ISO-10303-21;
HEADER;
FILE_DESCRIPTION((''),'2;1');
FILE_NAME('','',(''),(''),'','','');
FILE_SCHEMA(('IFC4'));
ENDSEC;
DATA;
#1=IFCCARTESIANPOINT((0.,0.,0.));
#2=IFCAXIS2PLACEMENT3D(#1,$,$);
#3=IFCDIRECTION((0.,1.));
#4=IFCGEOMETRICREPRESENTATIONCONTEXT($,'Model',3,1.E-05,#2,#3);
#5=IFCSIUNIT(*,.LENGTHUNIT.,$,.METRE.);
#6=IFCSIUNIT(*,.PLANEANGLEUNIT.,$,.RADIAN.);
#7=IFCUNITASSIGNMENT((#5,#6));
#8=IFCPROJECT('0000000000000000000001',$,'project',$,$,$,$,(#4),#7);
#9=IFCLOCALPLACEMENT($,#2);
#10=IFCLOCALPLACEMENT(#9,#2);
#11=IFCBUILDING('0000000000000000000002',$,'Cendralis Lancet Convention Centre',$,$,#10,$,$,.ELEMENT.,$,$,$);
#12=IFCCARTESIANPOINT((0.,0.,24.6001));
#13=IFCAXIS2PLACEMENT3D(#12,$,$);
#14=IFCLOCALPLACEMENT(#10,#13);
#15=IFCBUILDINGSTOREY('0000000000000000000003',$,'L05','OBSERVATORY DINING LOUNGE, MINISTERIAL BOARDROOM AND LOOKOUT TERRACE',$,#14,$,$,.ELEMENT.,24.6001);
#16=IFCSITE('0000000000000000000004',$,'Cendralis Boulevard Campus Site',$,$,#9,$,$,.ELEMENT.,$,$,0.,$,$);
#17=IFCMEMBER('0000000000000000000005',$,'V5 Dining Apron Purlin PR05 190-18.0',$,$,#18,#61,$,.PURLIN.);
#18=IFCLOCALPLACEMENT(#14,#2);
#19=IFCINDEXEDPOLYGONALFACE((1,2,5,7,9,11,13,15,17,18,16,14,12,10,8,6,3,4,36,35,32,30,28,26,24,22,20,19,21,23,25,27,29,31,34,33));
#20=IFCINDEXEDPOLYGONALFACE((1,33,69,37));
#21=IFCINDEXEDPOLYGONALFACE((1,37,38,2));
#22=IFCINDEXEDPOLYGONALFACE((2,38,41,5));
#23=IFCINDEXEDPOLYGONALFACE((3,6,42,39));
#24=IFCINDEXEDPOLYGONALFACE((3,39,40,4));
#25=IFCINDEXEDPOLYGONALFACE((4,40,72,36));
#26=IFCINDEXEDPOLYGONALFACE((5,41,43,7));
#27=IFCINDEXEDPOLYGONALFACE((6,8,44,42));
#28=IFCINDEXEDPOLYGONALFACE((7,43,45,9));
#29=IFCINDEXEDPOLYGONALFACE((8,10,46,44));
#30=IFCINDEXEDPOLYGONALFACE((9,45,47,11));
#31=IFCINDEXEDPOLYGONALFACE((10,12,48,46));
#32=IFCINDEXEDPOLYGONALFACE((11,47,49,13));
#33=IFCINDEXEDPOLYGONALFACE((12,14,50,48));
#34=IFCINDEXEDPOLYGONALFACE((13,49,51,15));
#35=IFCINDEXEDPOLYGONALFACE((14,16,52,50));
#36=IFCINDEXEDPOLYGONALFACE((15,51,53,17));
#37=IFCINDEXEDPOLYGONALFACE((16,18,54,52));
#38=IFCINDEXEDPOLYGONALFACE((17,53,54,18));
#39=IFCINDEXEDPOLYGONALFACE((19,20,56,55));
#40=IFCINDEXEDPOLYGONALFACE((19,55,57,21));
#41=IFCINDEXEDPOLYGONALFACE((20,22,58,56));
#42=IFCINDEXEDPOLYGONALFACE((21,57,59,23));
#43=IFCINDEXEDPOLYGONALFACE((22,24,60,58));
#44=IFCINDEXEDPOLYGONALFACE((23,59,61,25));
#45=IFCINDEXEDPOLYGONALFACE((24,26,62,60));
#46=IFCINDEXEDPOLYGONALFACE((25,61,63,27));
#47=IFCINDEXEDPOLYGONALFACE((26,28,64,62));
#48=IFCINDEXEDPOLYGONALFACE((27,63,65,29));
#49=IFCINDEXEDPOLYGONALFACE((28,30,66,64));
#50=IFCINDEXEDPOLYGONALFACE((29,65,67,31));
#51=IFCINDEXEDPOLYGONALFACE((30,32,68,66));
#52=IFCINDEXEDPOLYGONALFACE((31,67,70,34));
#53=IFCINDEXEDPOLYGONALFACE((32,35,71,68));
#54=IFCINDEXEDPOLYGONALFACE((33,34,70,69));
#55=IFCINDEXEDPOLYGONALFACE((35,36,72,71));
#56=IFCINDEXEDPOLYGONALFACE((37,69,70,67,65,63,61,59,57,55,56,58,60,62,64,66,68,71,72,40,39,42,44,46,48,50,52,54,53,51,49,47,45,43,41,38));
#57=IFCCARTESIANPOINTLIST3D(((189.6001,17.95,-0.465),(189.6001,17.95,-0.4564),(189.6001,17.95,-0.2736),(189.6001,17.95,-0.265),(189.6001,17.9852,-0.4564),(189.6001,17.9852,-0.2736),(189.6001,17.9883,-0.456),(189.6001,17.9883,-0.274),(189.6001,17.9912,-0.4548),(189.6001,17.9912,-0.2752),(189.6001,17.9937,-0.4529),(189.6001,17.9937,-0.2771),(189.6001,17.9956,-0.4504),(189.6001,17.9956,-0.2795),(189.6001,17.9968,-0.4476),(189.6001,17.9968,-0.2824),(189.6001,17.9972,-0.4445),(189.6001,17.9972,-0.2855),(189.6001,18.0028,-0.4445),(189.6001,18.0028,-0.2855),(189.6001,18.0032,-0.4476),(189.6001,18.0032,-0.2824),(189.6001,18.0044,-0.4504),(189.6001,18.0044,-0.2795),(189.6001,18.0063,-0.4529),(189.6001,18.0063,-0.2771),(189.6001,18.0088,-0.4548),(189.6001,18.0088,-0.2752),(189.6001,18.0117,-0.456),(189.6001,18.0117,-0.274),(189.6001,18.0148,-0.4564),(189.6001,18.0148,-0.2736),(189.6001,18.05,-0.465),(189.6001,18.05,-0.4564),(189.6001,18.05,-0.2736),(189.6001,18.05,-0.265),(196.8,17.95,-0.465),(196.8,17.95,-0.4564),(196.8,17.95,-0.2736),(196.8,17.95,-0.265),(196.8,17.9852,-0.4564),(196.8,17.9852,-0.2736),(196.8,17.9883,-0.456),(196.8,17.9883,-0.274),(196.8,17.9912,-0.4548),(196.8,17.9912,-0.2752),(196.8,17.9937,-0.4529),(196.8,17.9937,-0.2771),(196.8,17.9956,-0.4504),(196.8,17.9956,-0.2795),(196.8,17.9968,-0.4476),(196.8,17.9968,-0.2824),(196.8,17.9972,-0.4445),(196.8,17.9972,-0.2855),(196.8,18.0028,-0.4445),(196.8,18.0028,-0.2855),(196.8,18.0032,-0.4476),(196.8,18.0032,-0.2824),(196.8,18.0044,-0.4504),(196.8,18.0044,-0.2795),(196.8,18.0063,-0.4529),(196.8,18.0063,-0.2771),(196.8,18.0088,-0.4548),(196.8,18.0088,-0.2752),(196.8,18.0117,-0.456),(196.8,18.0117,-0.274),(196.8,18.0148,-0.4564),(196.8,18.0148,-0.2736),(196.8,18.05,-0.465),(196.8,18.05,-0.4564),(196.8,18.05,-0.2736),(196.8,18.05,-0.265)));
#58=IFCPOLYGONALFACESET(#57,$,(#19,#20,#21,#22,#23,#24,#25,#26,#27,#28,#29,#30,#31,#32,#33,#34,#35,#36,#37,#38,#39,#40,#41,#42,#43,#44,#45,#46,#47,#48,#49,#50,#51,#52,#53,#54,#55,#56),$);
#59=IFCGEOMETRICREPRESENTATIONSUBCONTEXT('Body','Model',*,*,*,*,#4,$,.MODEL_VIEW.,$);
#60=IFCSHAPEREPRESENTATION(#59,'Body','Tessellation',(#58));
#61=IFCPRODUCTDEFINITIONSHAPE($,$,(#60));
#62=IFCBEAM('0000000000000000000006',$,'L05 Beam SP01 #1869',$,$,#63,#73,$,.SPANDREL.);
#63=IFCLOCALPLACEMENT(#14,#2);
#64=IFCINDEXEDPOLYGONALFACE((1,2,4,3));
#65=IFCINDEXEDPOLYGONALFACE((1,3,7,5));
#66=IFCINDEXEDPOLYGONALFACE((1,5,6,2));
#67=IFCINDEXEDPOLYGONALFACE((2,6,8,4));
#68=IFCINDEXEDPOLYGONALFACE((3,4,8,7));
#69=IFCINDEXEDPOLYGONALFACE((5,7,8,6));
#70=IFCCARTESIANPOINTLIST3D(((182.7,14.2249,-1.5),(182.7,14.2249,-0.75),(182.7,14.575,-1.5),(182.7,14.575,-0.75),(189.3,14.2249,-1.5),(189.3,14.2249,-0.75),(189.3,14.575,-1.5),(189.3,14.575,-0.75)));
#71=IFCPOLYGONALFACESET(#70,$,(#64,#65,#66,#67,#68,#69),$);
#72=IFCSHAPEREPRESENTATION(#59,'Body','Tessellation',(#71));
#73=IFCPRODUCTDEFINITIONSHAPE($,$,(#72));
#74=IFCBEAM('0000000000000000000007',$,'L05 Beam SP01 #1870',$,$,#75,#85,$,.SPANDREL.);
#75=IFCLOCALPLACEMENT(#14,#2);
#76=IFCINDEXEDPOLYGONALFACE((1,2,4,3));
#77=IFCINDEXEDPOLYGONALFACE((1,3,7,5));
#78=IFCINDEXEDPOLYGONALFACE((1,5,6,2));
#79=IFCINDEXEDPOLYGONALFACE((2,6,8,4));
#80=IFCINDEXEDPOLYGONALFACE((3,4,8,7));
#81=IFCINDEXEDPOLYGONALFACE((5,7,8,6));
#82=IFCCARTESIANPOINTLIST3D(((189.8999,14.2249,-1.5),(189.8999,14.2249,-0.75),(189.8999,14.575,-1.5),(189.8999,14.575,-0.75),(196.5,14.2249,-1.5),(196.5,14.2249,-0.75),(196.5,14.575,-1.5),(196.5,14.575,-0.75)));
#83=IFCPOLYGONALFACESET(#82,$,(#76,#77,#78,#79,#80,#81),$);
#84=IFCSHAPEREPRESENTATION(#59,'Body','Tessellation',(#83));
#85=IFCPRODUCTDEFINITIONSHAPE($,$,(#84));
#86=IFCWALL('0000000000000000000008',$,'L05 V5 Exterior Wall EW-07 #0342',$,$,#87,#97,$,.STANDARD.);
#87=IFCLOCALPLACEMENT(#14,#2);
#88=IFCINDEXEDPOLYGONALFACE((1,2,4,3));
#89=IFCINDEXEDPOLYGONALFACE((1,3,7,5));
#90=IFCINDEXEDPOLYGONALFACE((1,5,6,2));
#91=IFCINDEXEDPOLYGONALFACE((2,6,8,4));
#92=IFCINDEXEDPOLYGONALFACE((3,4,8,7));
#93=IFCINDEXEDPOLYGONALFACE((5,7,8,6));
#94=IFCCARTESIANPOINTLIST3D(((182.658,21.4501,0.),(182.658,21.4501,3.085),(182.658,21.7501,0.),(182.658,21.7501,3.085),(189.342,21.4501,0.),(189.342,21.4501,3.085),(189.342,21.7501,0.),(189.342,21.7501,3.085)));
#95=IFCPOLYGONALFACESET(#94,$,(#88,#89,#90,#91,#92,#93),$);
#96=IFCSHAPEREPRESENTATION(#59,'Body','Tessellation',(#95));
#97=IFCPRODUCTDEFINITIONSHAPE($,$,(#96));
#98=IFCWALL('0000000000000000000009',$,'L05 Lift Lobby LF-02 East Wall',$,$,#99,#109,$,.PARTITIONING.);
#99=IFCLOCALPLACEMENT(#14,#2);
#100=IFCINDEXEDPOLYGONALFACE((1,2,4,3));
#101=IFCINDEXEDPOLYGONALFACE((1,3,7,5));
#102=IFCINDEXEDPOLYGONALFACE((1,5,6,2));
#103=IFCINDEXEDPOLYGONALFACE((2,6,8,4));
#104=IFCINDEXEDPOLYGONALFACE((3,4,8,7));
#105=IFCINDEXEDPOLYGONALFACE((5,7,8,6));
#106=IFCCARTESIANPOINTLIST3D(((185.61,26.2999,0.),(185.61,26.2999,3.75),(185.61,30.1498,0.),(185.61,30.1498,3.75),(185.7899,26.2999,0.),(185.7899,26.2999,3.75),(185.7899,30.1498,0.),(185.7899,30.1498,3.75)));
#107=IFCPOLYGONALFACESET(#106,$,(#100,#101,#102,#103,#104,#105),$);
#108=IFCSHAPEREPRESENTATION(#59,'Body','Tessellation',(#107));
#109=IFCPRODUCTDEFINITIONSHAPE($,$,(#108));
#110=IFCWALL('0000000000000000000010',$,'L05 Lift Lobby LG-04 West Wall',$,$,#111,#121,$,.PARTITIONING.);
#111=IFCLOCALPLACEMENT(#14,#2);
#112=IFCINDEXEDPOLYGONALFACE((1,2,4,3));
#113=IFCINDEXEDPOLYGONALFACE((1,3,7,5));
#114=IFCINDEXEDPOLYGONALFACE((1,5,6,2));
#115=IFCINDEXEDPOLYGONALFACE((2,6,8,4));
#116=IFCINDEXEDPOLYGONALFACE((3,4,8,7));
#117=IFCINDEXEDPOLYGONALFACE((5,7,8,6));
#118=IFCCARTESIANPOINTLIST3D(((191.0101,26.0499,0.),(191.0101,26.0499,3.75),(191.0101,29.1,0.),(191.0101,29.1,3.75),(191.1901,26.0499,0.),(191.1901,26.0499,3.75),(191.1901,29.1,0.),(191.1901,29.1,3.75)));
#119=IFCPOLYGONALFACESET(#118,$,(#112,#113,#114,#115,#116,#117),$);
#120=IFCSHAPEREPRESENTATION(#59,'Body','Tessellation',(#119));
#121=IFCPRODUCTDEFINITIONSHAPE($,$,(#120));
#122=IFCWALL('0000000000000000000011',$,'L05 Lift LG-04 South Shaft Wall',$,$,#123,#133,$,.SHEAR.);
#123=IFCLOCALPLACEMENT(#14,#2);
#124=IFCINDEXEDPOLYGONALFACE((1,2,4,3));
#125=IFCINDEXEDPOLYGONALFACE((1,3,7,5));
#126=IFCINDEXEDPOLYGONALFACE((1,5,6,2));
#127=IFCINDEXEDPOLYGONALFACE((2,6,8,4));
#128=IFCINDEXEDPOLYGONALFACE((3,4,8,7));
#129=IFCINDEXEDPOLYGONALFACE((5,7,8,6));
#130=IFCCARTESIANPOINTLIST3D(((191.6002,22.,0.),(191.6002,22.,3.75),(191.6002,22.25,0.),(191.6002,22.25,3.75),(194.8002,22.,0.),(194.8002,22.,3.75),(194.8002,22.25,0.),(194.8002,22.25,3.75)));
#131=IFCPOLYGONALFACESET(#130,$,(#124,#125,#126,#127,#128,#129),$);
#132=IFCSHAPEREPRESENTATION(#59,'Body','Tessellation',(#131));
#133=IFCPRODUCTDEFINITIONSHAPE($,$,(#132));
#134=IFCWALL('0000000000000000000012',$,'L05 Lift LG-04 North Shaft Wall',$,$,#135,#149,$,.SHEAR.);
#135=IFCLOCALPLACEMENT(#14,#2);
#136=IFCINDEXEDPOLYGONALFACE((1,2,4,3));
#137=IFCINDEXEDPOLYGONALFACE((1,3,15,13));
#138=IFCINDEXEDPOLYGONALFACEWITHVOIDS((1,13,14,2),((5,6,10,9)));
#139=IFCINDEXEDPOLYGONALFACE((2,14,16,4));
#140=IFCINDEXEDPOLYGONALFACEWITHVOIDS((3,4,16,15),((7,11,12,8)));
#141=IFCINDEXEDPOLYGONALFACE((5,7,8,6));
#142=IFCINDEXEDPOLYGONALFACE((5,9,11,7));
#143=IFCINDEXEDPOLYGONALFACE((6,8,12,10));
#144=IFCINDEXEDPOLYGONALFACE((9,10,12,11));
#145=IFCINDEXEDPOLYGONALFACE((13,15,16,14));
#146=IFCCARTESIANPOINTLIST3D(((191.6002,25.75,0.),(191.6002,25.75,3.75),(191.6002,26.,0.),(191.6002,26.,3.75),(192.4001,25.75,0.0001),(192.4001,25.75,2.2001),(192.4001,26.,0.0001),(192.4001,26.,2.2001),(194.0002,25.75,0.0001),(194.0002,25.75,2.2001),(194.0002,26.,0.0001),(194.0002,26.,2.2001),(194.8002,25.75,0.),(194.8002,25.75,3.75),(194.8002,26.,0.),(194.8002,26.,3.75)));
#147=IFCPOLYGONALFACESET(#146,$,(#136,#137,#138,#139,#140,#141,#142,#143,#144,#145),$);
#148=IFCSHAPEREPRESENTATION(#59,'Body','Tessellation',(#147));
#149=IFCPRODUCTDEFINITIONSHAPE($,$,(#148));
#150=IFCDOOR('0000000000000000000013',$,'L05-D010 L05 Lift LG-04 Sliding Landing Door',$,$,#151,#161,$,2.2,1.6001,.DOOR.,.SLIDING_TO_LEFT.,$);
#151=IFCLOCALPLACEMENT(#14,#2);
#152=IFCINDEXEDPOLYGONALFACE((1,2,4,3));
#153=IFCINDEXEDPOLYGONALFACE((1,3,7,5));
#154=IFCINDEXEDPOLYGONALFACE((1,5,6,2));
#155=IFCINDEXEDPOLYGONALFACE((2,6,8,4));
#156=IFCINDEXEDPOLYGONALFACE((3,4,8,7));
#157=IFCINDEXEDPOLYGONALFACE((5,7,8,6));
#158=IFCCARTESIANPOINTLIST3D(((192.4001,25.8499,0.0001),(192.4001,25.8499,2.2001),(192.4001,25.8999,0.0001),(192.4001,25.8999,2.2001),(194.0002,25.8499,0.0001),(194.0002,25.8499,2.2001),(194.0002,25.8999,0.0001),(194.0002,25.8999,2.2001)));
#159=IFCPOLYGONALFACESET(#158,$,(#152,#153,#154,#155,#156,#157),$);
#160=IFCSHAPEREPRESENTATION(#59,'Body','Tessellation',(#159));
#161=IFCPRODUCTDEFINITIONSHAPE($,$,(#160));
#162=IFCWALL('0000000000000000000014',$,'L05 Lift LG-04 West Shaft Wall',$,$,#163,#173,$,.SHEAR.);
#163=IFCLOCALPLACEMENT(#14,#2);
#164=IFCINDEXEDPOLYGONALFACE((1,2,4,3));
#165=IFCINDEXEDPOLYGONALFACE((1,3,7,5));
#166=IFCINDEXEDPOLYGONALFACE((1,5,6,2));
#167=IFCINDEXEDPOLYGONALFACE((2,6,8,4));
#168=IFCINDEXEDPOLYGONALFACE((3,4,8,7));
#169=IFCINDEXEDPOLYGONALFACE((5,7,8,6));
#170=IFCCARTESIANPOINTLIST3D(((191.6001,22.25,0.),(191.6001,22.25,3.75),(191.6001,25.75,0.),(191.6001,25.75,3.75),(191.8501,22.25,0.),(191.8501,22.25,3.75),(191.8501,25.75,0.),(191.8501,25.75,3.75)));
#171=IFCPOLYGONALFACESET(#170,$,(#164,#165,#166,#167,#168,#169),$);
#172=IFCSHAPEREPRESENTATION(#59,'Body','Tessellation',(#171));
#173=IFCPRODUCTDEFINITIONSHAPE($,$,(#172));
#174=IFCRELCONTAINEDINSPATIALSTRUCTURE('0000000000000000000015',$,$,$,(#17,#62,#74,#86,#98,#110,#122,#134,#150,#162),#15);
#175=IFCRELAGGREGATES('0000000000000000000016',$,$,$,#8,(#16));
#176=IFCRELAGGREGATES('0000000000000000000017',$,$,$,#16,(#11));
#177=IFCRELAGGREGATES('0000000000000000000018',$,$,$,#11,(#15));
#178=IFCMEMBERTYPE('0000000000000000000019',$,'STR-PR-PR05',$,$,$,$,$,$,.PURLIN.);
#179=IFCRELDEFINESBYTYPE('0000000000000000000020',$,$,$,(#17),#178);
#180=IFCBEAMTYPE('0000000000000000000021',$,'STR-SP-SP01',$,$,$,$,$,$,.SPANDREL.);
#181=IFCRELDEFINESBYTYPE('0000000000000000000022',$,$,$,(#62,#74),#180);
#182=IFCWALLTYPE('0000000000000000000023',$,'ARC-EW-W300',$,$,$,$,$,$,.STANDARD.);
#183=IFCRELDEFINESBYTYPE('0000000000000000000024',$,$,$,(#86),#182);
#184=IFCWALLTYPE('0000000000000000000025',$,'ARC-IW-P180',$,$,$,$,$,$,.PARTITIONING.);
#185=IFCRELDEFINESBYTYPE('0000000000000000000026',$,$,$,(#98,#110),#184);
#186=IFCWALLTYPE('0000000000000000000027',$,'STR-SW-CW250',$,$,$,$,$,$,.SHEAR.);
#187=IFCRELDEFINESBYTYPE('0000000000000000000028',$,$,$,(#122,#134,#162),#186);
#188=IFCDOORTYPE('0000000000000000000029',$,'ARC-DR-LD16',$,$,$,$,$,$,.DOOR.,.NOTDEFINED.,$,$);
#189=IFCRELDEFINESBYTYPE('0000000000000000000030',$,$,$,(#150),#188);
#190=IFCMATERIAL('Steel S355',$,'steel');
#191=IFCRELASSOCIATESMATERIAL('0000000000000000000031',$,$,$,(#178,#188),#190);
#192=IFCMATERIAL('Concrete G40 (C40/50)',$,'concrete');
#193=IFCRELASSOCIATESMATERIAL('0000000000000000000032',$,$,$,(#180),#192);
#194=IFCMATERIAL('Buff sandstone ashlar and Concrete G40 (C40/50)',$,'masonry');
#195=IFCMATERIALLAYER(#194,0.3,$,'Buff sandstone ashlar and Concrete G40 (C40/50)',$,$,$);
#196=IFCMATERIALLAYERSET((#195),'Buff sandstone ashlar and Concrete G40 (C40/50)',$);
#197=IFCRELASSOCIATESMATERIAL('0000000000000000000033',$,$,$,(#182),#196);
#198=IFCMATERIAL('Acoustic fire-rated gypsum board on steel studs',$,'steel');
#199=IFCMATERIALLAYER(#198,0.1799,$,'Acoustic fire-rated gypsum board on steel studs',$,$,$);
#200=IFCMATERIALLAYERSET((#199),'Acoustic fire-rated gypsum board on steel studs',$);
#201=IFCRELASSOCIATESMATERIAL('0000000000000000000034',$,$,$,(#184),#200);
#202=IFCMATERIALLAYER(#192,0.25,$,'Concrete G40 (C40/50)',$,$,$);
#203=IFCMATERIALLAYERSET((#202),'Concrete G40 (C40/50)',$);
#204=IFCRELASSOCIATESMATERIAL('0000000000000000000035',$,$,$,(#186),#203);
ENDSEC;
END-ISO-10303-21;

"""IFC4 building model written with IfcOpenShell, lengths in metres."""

from ifc_helpers import new_model, si_unit, direction, frame, frame_2d, origin, origin_2d, place, context, subcontext, project, spatial, rectangle, i_section, extrude, material, layer, layer_set, material_profile, profile_set, type_object, element, fill, save


model = new_model("IFC4")

# Units and contexts
model_context = context("Model", 3, precision=1e-05, world=origin(), true_north=direction((0.0, 1.0)))
body_context = subcontext(model_context, "Body", "Model", "MODEL_VIEW")
ifc_project = project(units=[si_unit("LENGTHUNIT", "METRE"), si_unit("PLANEANGLEUNIT", "RADIAN")], contexts=[model_context])

# Site, building, storey
site_placement = place(None, origin())
site = spatial("IfcSite", under=ifc_project, at=site_placement, Name="Cendralis Boulevard Campus Site", CompositionType="ELEMENT", RefElevation=0.0)
building_placement = place(site_placement, origin())
building = spatial("IfcBuilding", under=site, at=building_placement, Name="Cendralis Lancet Convention Centre", CompositionType="ELEMENT")
storey_placement = place(building_placement, frame((0.0, 0.0, 24.6001)))
storey = spatial("IfcBuildingStorey", under=building, at=storey_placement, Name="L05", Description="OBSERVATORY DINING LOUNGE, MINISTERIAL BOARDROOM AND LOOKOUT TERRACE", CompositionType="ELEMENT", Elevation=24.6001)

# Shared definitions
ifc_material_1 = material(Name="Concrete G40 (C40/50)", Category="concrete")

# Shared definitions
ifc_material_2 = material(Name="Steel S355", Category="steel")

# Member
ifc_material_profile_1 = material_profile(ifc_material_2, i_section(OverallWidth=0.1001, OverallDepth=0.2, WebThickness=0.0056, FlangeThickness=0.0085, FilletRadius=0.012, at=origin_2d()), Name="IPE 200")
ifc_profile_set_1 = profile_set([ifc_material_profile_1], Name="Steel S355")
member_type = type_object("IfcMemberType", Name="STR-PR-PR05", PredefinedType="PURLIN", material=ifc_profile_set_1)
member_placement = place(storey_placement, frame((189.6001, 18.0, -0.365), z_axis=(1.0, 0.0, 0.0), x_axis=(0.0, 1.0, 0.0)))
element("IfcMember", 1, at=member_placement, inside=storey, type_object=member_type, Name="V5 Dining Apron Purlin PR05 190-18.0", PredefinedType="PURLIN", context=body_context, shape_type="SweptSolid", body=[
    extrude(i_section(OverallWidth=0.1001, OverallDepth=0.2, WebThickness=0.0056, FlangeThickness=0.0085, FilletRadius=0.012, at=origin_2d()), origin(), (0.0, 0.0, 1.0), 7.2),
])

# Beams
ifc_material_profile_2 = material_profile(ifc_material_1, rectangle(XDim=0.3501, YDim=0.75, at=origin_2d()), Name="RCB 350x750")
ifc_profile_set_2 = profile_set([ifc_material_profile_2], Name="Concrete G40 (C40/50)")
beam_type_1 = type_object("IfcBeamType", Name="STR-SP-SP01", PredefinedType="SPANDREL", material=ifc_profile_set_2)
for number, where, z_axis, x_axis, name in (
    (2, (182.7, 14.3999, -1.125), (1.0, 0.0, 0.0), (0.0, 1.0, 0.0), "L05 Beam SP01 #1869"),
    (3, (189.8999, 14.3999, -1.125), (1.0, 0.0, 0.0), (0.0, 1.0, 0.0), "L05 Beam SP01 #1870"),
):
    element("IfcBeam", number, at=place(storey_placement, frame(where, z_axis=z_axis, x_axis=x_axis)), inside=storey, type_object=beam_type_1, Name=name, PredefinedType="SPANDREL", context=body_context, shape_type="SweptSolid", body=[
        extrude(rectangle(XDim=0.3501, YDim=0.75, at=origin_2d()), origin(), (0.0, 0.0, 1.0), 6.6001),
    ])

# Wall
ifc_material_3 = material(Name="Buff sandstone ashlar and Concrete G40 (C40/50)", Category="masonry")
ifc_layer_1 = layer(ifc_material_3, 0.3, Name="Buff sandstone ashlar and Concrete G40 (C40/50)")
ifc_layer_set_1 = layer_set([ifc_layer_1], Name="Buff sandstone ashlar and Concrete G40 (C40/50)")
wall_type_1 = type_object("IfcWallType", Name="ARC-EW-W300", PredefinedType="STANDARD", material=ifc_layer_set_1)
wall_1_placement = place(storey_placement, frame((189.342, 21.6001, 0.0), z_axis=(0.0, 0.0, 1.0), x_axis=(-1.0, 0.0, 0.0)))
element("IfcWall", 4, at=wall_1_placement, inside=storey, type_object=wall_type_1, Name="L05 V5 Exterior Wall EW-07 #0342", PredefinedType="STANDARD", context=body_context, shape_type="SweptSolid", body=[
    extrude(rectangle(XDim=6.6841, YDim=0.3, at=frame_2d((3.342, 0.0))), origin(), (0.0, 0.0, 1.0), 3.085),
])

# Shared definitions
ifc_material_4 = material(Name="Acoustic fire-rated gypsum board on steel studs", Category="steel")
ifc_layer_2 = layer(ifc_material_4, 0.1799, Name="Acoustic fire-rated gypsum board on steel studs")
ifc_layer_set_2 = layer_set([ifc_layer_2], Name="Acoustic fire-rated gypsum board on steel studs")
wall_type_2 = type_object("IfcWallType", Name="ARC-IW-P180", PredefinedType="PARTITIONING", material=ifc_layer_set_2)

# Walls
wall_2_placement = place(storey_placement, frame((185.7, 26.3, 0.0), z_axis=(0.0, 0.0, 1.0), x_axis=(0.0, 1.0, 0.0)))
element("IfcWall", 5, at=wall_2_placement, inside=storey, type_object=wall_type_2, Name="L05 Lift Lobby LF-02 East Wall", PredefinedType="PARTITIONING", context=body_context, shape_type="SweptSolid", body=[
    extrude(rectangle(XDim=3.8499, YDim=0.1799, at=frame_2d((1.9248, 0.0))), origin(), (0.0, 0.0, 1.0), 3.75),
])
wall_3_placement = place(storey_placement, frame((191.1001, 26.05, 0.0), z_axis=(0.0, 0.0, 1.0), x_axis=(0.0, 1.0, 0.0)))
element("IfcWall", 6, at=wall_3_placement, inside=storey, type_object=wall_type_2, Name="L05 Lift Lobby LG-04 West Wall", PredefinedType="PARTITIONING", context=body_context, shape_type="SweptSolid", body=[
    extrude(rectangle(XDim=3.05, YDim=0.1799, at=frame_2d((1.5249, 0.0))), origin(), (0.0, 0.0, 1.0), 3.75),
])
ifc_layer_3 = layer(ifc_material_1, 0.25, Name="Concrete G40 (C40/50)")
ifc_layer_set_3 = layer_set([ifc_layer_3], Name="Concrete G40 (C40/50)")
wall_type_3 = type_object("IfcWallType", Name="STR-SW-CW250", PredefinedType="SHEAR", material=ifc_layer_set_3)
wall_4_placement = place(storey_placement, frame((191.6001, 22.125, 0.0), z_axis=(0.0, 0.0, 1.0), x_axis=(1.0, 0.0, 0.0)))
element("IfcWall", 7, at=wall_4_placement, inside=storey, type_object=wall_type_3, Name="L05 Lift LG-04 South Shaft Wall", PredefinedType="SHEAR", context=body_context, shape_type="SweptSolid", body=[
    extrude(rectangle(XDim=3.2, YDim=0.25, at=frame_2d((1.6001, 0.0))), origin(), (0.0, 0.0, 1.0), 3.75),
])

# Wall, opening, door
wall_5_placement = place(storey_placement, frame((191.6001, 25.875, 0.0), z_axis=(0.0, 0.0, 1.0), x_axis=(1.0, 0.0, 0.0)))
wall_5 = element("IfcWall", 8, at=wall_5_placement, inside=storey, type_object=wall_type_3, Name="L05 Lift LG-04 North Shaft Wall", PredefinedType="SHEAR", context=body_context, shape_type="SweptSolid", body=[
    extrude(rectangle(XDim=3.2, YDim=0.25, at=frame_2d((1.6001, 0.0))), origin(), (0.0, 0.0, 1.0), 3.75),
])
opening_1_placement = place(wall_5_placement, frame((0.8, 0.0, 0.0)))
opening_1 = element("IfcOpeningElement", 9, at=opening_1_placement, cuts=wall_5, PredefinedType="OPENING", context=body_context, shape_type="SweptSolid", body=[
    extrude(rectangle(XDim=1.6001, YDim=2.2, at=frame_2d((0.8, 1.1001))), frame((0.0, 0.135, 0.0), z_axis=(0.0, -1.0, 0.0), x_axis=(1.0, 0.0, 0.0)), (0.0, 0.0, 1.0), 0.27),
])
door_type_1 = type_object("IfcDoorType", Name="ARC-DR-LD16", OperationType="NOTDEFINED", PredefinedType="DOOR", material=ifc_material_2)
door_1_placement = place(opening_1_placement, origin())
door_1 = element("IfcDoor", 10, at=door_1_placement, inside=storey, type_object=door_type_1, Name="L05-D010 L05 Lift LG-04 Sliding Landing Door", OperationType="SLIDING_TO_LEFT", OverallHeight=2.2, OverallWidth=1.6001, PredefinedType="DOOR", context=body_context, shape_type="SweptSolid", body=[
    extrude(rectangle(XDim=1.6001, YDim=2.2, at=frame_2d((0.8, 1.1001))), frame((0.0, 0.0249, 0.0), z_axis=(0.0, -1.0, 0.0), x_axis=(1.0, 0.0, 0.0)), (0.0, 0.0, 1.0), 0.05),
])
fill(opening_1, door_1)

# Wall
wall_6_placement = place(storey_placement, frame((191.7251, 22.25, 0.0), z_axis=(0.0, 0.0, 1.0), x_axis=(0.0, 1.0, 0.0)))
element("IfcWall", 11, at=wall_6_placement, inside=storey, type_object=wall_type_3, Name="L05 Lift LG-04 West Shaft Wall", PredefinedType="SHEAR", context=body_context, shape_type="SweptSolid", body=[
    extrude(rectangle(XDim=3.5, YDim=0.25, at=frame_2d((1.75, 0.0))), origin(), (0.0, 0.0, 1.0), 3.75),
])

save(model, "model.ifc")
